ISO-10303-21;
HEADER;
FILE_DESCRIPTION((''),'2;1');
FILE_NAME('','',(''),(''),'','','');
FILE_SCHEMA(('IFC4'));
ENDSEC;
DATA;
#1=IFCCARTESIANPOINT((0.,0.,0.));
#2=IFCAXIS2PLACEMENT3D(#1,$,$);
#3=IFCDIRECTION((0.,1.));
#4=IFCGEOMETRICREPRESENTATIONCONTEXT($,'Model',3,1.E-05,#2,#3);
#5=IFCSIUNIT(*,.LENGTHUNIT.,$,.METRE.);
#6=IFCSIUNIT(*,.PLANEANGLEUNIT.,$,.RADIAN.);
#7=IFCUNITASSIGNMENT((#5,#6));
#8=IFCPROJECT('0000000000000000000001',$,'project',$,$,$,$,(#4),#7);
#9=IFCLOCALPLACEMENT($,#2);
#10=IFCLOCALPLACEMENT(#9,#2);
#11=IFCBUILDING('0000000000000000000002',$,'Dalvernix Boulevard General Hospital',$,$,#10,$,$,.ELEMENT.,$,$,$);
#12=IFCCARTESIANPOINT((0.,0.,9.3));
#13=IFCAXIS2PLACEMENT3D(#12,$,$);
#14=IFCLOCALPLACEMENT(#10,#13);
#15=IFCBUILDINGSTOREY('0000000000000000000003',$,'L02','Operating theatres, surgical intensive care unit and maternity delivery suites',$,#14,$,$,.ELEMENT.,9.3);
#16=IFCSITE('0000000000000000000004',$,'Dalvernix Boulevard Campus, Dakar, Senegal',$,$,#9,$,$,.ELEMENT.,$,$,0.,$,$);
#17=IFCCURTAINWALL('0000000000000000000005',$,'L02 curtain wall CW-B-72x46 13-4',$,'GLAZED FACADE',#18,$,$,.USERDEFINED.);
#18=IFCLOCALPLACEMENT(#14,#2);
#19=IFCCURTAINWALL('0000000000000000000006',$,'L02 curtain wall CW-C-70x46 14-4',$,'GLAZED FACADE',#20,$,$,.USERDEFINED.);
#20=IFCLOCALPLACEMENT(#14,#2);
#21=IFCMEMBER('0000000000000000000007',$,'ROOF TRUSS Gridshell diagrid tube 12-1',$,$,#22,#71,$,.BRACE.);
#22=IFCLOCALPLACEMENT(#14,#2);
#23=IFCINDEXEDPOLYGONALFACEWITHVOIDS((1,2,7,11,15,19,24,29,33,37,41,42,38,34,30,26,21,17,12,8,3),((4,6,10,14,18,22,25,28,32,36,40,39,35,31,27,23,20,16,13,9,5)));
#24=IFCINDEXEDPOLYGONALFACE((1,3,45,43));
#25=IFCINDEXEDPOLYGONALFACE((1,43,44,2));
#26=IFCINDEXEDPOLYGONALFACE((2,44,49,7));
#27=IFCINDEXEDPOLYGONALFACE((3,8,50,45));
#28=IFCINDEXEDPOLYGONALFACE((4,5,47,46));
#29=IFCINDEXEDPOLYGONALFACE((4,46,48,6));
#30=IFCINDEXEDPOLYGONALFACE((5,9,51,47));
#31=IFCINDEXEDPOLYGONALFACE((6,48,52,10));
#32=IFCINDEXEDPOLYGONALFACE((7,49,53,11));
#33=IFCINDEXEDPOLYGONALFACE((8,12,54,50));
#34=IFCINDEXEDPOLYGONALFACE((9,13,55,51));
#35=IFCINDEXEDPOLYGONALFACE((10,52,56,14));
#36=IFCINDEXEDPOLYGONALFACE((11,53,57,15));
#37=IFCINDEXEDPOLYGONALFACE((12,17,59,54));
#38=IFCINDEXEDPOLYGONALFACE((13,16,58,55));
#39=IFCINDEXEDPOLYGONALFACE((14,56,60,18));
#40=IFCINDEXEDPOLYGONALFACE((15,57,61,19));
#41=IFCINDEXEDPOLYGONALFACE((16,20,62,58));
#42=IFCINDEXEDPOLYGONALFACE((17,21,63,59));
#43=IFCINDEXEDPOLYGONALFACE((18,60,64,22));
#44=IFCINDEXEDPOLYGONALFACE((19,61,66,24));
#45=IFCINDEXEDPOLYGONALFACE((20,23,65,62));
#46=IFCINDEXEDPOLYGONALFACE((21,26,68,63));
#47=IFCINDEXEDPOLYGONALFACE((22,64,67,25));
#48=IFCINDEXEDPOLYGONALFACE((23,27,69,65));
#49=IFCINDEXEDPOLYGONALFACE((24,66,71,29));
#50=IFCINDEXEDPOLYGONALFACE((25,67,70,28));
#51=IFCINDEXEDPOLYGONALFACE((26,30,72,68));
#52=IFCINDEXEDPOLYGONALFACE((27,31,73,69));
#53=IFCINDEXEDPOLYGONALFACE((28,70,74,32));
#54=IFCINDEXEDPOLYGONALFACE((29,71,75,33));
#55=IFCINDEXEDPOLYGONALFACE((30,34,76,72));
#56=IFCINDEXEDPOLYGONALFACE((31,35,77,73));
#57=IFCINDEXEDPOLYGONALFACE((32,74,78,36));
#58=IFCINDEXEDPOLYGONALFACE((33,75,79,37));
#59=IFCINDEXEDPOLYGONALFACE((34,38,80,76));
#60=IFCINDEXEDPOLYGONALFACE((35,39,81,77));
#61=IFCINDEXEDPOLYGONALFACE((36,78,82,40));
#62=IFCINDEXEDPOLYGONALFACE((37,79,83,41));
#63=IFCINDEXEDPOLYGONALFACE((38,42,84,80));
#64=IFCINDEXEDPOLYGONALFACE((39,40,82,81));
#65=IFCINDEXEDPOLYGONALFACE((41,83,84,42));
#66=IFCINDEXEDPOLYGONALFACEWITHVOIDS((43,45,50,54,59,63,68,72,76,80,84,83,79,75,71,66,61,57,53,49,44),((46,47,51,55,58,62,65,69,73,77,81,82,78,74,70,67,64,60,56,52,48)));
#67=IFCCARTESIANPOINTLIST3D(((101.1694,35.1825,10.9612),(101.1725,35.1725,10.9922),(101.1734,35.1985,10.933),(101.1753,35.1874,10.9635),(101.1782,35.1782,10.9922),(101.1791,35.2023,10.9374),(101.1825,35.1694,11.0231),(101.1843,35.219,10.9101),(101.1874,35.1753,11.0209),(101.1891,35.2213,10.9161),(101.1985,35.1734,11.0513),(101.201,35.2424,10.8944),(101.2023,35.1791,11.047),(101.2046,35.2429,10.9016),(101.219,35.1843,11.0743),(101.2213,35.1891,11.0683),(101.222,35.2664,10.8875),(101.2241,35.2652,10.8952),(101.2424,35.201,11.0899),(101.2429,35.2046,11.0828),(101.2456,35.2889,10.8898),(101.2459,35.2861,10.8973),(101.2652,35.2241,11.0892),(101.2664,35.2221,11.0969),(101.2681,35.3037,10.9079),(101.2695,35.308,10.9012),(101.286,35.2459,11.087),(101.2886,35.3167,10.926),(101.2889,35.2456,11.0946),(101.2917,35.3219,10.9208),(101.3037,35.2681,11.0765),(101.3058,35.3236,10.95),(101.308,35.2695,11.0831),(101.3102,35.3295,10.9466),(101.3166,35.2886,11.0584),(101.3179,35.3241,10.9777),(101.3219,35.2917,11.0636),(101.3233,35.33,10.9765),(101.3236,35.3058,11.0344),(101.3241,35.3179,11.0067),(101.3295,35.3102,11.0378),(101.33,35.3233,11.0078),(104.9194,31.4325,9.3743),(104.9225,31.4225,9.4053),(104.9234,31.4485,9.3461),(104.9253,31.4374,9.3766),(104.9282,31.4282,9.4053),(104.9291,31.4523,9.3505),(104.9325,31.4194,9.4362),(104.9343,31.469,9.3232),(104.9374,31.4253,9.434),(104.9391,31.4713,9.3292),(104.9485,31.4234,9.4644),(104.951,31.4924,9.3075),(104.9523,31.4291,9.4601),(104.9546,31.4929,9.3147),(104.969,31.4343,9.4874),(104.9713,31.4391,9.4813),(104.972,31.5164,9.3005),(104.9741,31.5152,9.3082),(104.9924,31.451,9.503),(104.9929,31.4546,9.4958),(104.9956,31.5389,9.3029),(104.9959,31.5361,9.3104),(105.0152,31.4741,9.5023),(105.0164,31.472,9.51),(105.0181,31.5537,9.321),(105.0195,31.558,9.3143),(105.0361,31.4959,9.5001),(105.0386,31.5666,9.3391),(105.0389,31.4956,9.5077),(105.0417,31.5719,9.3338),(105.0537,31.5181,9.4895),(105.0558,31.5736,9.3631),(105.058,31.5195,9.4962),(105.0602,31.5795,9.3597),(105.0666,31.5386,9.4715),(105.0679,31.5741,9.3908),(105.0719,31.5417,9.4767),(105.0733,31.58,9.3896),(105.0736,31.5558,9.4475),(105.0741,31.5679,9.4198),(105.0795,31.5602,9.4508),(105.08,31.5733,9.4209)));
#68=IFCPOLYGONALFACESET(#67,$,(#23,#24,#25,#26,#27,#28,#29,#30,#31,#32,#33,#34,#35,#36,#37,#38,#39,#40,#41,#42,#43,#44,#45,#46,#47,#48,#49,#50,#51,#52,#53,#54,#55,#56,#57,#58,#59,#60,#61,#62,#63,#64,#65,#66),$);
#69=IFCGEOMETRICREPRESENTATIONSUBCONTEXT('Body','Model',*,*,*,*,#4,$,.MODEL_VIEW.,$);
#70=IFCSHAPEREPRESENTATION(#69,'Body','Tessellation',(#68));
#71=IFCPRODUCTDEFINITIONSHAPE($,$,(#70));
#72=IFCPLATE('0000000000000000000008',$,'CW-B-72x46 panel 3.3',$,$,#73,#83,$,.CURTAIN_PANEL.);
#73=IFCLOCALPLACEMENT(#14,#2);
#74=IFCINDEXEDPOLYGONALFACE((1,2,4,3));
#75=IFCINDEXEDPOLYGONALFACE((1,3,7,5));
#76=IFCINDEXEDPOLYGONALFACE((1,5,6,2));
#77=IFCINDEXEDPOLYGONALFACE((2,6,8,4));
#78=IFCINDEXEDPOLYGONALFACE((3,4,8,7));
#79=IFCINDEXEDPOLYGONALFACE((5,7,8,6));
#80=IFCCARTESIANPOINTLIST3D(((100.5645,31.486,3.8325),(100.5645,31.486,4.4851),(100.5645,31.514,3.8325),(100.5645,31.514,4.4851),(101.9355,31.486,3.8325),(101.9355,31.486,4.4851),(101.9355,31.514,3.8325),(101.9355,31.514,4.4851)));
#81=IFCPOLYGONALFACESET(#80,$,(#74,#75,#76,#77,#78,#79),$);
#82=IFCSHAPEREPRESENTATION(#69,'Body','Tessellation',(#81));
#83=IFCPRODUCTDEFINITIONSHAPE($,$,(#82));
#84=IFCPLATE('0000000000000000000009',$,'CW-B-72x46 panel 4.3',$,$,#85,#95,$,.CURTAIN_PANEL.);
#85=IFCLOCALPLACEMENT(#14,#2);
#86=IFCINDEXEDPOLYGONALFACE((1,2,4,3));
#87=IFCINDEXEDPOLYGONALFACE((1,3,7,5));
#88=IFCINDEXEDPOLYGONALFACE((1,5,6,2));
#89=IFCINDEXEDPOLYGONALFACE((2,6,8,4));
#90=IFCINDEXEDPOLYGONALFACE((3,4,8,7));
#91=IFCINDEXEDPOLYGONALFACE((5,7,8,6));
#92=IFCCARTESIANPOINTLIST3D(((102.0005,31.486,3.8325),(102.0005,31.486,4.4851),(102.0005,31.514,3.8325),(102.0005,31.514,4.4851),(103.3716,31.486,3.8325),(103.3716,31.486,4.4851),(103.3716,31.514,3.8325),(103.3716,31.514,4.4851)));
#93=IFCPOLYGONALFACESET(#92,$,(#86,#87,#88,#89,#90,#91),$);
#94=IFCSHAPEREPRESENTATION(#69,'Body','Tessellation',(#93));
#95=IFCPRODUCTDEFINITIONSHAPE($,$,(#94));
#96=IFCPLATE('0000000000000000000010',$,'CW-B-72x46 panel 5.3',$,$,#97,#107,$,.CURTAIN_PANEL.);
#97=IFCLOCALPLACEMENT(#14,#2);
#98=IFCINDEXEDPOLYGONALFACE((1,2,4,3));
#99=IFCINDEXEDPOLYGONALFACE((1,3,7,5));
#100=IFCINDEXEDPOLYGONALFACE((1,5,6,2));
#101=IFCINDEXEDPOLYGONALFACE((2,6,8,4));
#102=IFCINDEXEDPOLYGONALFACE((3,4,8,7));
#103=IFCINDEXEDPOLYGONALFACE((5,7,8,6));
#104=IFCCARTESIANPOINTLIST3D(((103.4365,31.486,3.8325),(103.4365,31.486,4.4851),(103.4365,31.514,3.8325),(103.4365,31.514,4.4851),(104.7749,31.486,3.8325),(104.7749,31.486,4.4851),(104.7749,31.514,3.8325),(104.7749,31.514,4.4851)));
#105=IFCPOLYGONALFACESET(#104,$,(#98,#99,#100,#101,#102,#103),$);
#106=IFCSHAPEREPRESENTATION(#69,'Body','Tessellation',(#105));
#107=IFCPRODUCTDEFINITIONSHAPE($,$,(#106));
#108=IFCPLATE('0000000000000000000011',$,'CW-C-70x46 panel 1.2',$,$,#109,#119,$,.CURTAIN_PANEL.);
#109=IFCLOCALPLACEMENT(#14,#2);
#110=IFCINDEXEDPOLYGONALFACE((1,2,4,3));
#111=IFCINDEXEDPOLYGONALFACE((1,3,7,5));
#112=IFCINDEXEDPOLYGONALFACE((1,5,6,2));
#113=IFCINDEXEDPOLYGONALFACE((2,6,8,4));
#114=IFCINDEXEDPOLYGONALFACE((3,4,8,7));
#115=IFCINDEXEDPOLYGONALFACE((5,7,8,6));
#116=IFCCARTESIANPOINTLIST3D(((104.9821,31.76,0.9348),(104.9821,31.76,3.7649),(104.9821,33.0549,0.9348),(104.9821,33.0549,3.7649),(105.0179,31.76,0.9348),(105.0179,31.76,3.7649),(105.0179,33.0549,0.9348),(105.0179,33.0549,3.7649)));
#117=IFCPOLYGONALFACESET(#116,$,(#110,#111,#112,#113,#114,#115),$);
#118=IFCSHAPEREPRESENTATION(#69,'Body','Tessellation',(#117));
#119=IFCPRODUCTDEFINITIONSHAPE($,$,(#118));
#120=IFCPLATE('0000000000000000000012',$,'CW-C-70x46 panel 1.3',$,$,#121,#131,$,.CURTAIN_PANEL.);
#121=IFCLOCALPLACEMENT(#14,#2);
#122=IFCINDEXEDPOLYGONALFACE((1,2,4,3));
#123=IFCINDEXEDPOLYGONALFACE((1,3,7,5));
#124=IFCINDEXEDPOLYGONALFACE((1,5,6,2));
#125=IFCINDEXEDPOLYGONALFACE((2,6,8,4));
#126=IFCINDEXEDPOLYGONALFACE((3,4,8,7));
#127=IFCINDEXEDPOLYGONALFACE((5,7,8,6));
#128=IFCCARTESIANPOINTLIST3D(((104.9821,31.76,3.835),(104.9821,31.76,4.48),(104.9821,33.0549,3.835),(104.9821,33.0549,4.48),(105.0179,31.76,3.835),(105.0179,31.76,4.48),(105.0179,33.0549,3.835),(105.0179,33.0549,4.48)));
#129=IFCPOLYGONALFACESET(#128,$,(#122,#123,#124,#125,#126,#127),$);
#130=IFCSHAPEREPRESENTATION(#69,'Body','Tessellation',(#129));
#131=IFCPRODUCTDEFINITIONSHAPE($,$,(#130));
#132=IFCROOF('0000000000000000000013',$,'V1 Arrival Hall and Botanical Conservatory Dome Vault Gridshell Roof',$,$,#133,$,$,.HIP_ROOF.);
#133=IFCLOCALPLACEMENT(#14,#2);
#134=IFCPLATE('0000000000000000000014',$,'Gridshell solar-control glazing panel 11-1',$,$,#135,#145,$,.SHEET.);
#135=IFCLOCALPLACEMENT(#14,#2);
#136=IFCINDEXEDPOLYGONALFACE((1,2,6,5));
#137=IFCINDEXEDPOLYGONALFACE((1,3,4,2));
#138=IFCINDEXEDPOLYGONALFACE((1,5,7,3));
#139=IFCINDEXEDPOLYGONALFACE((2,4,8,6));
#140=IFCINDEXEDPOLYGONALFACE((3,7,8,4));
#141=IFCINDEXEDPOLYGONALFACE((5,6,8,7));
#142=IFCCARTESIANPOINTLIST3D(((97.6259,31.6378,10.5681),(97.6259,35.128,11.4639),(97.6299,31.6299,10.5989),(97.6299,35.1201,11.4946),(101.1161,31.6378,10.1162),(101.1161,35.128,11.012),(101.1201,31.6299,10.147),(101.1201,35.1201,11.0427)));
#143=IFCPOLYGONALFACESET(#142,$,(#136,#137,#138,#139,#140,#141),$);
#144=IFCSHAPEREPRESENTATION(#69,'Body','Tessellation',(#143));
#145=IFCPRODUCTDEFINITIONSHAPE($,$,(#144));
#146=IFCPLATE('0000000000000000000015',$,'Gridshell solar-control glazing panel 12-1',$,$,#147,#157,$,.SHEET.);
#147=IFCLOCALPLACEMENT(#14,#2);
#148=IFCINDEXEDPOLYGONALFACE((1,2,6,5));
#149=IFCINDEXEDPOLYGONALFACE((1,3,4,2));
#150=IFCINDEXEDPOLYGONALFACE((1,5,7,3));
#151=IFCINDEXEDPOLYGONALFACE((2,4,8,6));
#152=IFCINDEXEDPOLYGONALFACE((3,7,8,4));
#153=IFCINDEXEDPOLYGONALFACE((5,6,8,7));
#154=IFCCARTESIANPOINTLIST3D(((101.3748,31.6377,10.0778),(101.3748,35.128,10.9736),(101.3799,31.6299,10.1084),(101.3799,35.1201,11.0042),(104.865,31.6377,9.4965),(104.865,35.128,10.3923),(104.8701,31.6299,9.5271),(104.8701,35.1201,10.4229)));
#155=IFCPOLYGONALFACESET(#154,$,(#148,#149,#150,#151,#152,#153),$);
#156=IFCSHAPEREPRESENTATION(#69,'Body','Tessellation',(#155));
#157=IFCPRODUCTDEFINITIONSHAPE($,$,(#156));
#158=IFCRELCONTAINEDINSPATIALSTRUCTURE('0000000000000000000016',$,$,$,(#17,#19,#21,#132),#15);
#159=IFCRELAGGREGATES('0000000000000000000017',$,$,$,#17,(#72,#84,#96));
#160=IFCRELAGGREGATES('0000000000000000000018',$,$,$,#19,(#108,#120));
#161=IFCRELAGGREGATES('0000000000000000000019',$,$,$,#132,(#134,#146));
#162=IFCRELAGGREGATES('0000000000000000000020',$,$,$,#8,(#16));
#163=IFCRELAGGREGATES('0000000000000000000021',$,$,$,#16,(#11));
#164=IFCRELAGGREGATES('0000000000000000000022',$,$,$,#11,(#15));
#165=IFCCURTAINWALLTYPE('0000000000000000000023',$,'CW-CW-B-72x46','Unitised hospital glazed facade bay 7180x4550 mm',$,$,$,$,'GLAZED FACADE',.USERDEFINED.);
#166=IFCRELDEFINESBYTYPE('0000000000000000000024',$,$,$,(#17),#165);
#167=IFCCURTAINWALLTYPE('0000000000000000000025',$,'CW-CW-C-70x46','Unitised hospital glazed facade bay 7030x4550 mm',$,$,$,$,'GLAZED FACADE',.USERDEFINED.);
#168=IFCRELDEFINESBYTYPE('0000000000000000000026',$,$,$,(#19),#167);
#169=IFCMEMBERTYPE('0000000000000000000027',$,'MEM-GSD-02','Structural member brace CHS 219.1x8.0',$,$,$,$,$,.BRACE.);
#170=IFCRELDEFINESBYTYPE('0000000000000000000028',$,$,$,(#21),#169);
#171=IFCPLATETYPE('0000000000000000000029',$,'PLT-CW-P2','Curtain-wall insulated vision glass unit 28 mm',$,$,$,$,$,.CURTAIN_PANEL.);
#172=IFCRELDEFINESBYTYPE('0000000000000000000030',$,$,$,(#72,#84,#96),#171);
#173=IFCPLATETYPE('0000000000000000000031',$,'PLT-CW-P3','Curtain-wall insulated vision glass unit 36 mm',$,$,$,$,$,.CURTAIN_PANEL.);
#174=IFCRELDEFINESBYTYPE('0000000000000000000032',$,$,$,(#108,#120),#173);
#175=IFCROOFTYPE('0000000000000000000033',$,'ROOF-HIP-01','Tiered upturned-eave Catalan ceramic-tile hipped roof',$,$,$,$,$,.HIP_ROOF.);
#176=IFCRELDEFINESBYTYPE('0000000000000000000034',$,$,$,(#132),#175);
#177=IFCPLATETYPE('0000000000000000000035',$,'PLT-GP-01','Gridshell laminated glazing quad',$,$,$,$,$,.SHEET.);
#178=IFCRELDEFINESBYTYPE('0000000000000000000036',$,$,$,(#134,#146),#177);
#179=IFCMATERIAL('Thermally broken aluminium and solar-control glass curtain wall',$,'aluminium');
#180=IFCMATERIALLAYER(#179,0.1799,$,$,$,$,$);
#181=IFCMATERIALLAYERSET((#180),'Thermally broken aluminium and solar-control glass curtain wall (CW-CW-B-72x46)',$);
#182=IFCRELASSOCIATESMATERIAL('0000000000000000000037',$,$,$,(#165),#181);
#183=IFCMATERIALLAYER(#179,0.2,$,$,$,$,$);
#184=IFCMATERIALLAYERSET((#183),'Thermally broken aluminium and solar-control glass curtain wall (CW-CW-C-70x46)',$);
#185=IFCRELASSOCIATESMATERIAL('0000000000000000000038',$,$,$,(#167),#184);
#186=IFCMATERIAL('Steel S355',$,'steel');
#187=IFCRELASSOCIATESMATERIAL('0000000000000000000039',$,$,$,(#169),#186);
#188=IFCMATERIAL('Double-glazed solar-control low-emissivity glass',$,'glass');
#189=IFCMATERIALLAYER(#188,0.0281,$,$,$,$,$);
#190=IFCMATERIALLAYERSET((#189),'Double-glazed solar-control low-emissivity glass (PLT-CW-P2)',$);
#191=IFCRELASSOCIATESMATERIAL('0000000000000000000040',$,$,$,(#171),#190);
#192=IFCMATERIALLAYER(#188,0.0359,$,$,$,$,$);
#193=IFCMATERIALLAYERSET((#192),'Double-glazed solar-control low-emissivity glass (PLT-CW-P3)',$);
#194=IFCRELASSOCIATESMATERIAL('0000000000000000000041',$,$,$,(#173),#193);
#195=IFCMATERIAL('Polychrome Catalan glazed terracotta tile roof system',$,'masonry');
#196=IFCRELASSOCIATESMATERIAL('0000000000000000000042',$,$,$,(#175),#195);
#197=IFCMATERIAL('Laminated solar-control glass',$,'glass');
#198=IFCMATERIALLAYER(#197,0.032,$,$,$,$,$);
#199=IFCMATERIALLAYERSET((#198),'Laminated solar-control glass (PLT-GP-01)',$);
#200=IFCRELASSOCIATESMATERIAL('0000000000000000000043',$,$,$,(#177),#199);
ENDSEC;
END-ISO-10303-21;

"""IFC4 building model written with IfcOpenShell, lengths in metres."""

from ifc_helpers import new_model, si_unit, direction, frame, origin, origin_2d, place, context, subcontext, project, spatial, polyline, rectangle, hollow_circle, outline, extrude, material, layer, layer_set, material_profile, profile_set, type_object, element, aggregate, save


model = new_model("IFC4")

# Units and contexts
model_context = context("Model", 3, precision=1e-05, world=origin(), true_north=direction((0.0, 1.0)))
body_context = subcontext(model_context, "Body", "Model", "MODEL_VIEW")
ifc_project = project(units=[si_unit("LENGTHUNIT", "METRE"), si_unit("PLANEANGLEUNIT", "RADIAN")], contexts=[model_context])

# Site, building, storey
site_placement = place(None, origin())
site = spatial("IfcSite", under=ifc_project, at=site_placement, Name="Dalvernix Boulevard Campus, Dakar, Senegal", CompositionType="ELEMENT", RefElevation=0.0)
building_placement = place(site_placement, origin())
building = spatial("IfcBuilding", under=site, at=building_placement, Name="Dalvernix Boulevard General Hospital", CompositionType="ELEMENT")
storey_placement = place(building_placement, frame((0.0, 0.0, 9.3)))
storey = spatial("IfcBuildingStorey", under=building, at=storey_placement, Name="L02", Description="Operating theatres, surgical intensive care unit and maternity delivery suites", CompositionType="ELEMENT", Elevation=9.3)

# Shared definitions
ifc_material_1 = material(Name="Steel S355", Category="steel")

# Curtain walls
ifc_material_2 = material(Name="Thermally broken aluminium and solar-control glass curtain wall", Category="aluminium")
ifc_layer_1 = layer(ifc_material_2, 0.1799)
ifc_layer_set_1 = layer_set([ifc_layer_1], Name="Thermally broken aluminium and solar-control glass curtain wall (CW-CW-B-72x46)")
curtain_wall_type_1 = type_object("IfcCurtainWallType", Name="CW-CW-B-72x46", Description="Unitised hospital glazed facade bay 7180x4550 mm", ElementType="GLAZED FACADE", PredefinedType="USERDEFINED", material=ifc_layer_set_1)
curtain_wall_1_placement = place(storey_placement, origin())
curtain_wall_1 = element("IfcCurtainWall", 1, at=curtain_wall_1_placement, inside=storey, type_object=curtain_wall_type_1, Name="L02 curtain wall CW-B-72x46 13-4", ObjectType="GLAZED FACADE", PredefinedType="USERDEFINED")
ifc_layer_2 = layer(ifc_material_2, 0.2)
ifc_layer_set_2 = layer_set([ifc_layer_2], Name="Thermally broken aluminium and solar-control glass curtain wall (CW-CW-C-70x46)")
curtain_wall_type_2 = type_object("IfcCurtainWallType", Name="CW-CW-C-70x46", Description="Unitised hospital glazed facade bay 7030x4550 mm", ElementType="GLAZED FACADE", PredefinedType="USERDEFINED", material=ifc_layer_set_2)
curtain_wall_2_placement = place(storey_placement, origin())
curtain_wall_2 = element("IfcCurtainWall", 2, at=curtain_wall_2_placement, inside=storey, type_object=curtain_wall_type_2, Name="L02 curtain wall CW-C-70x46 14-4", ObjectType="GLAZED FACADE", PredefinedType="USERDEFINED")

# Member
ifc_material_profile_1 = material_profile(ifc_material_1, hollow_circle(Radius=0.1096, WallThickness=0.0081, at=origin_2d()), Name="CHS 219.1x8.0")
ifc_profile_set_1 = profile_set([ifc_material_profile_1], Name="Steel S355")
member_type_1 = type_object("IfcMemberType", Name="MEM-GSD-02", Description="Structural member brace CHS 219.1x8.0", PredefinedType="BRACE", material=ifc_profile_set_1)
member_1_placement = place(storey_placement, frame((105.0, 31.5, 9.4053), z_axis=(-0.677429, 0.677429, 0.286672), x_axis=(-0.707107, -0.707107, 0.0)))
element("IfcMember", 3, at=member_1_placement, inside=storey, type_object=member_type_1, Name="ROOF TRUSS Gridshell diagrid tube 12-1", PredefinedType="BRACE", context=body_context, shape_type="SweptSolid", body=[
    extrude(hollow_circle(Radius=0.1096, WallThickness=0.0081, at=origin_2d()), origin(), (0.0, 0.0, 1.0), 5.5356),
])

# Plates
ifc_material_3 = material(Name="Double-glazed solar-control low-emissivity glass", Category="glass")
ifc_layer_3 = layer(ifc_material_3, 0.0281)
ifc_layer_set_3 = layer_set([ifc_layer_3], Name="Double-glazed solar-control low-emissivity glass (PLT-CW-P2)")
plate_type_1 = type_object("IfcPlateType", Name="PLT-CW-P2", Description="Curtain-wall insulated vision glass unit 28 mm", PredefinedType="CURTAIN_PANEL", material=ifc_layer_set_3)
plate_1_placement = place(storey_placement, frame((101.25, 31.5, 3.8325), z_axis=(0.0, 0.0, 1.0), x_axis=(1.0, 0.0, 0.0)))
plate_1 = element("IfcPlate", 4, at=plate_1_placement, type_object=plate_type_1, Name="CW-B-72x46 panel 3.3", PredefinedType="CURTAIN_PANEL", context=body_context, shape_type="SweptSolid", body=[
    extrude(rectangle(XDim=1.3711, YDim=0.0281, at=origin_2d()), origin(), (0.0, 0.0, 1.0), 0.6526),
])
plate_2_placement = place(storey_placement, frame((102.686, 31.5, 3.8325), z_axis=(0.0, 0.0, 1.0), x_axis=(1.0, 0.0, 0.0)))
plate_2 = element("IfcPlate", 5, at=plate_2_placement, type_object=plate_type_1, Name="CW-B-72x46 panel 4.3", PredefinedType="CURTAIN_PANEL", context=body_context, shape_type="SweptSolid", body=[
    extrude(rectangle(XDim=1.3711, YDim=0.0281, at=origin_2d()), origin(), (0.0, 0.0, 1.0), 0.6526),
])
plate_3_placement = place(storey_placement, frame((104.1057, 31.5, 3.8325), z_axis=(0.0, 0.0, 1.0), x_axis=(1.0, 0.0, 0.0)))
plate_3 = element("IfcPlate", 6, at=plate_3_placement, type_object=plate_type_1, Name="CW-B-72x46 panel 5.3", PredefinedType="CURTAIN_PANEL", context=body_context, shape_type="SweptSolid", body=[
    extrude(rectangle(XDim=1.3384, YDim=0.0281, at=origin_2d()), origin(), (0.0, 0.0, 1.0), 0.6526),
])
aggregate(curtain_wall_1, [plate_1, plate_2, plate_3])
ifc_layer_4 = layer(ifc_material_3, 0.0359)
ifc_layer_set_4 = layer_set([ifc_layer_4], Name="Double-glazed solar-control low-emissivity glass (PLT-CW-P3)")
plate_type_2 = type_object("IfcPlateType", Name="PLT-CW-P3", Description="Curtain-wall insulated vision glass unit 36 mm", PredefinedType="CURTAIN_PANEL", material=ifc_layer_set_4)
plate_4_placement = place(storey_placement, frame((105.0, 32.4075, 0.9348), z_axis=(0.0, 0.0, 1.0), x_axis=(0.0, 1.0, 0.0)))
plate_4 = element("IfcPlate", 7, at=plate_4_placement, type_object=plate_type_2, Name="CW-C-70x46 panel 1.2", PredefinedType="CURTAIN_PANEL", context=body_context, shape_type="SweptSolid", body=[
    extrude(rectangle(XDim=1.2949, YDim=0.0359, at=origin_2d()), origin(), (0.0, 0.0, 1.0), 2.8301),
])
plate_5_placement = place(storey_placement, frame((105.0, 32.4075, 3.835), z_axis=(0.0, 0.0, 1.0), x_axis=(0.0, 1.0, 0.0)))
plate_5 = element("IfcPlate", 8, at=plate_5_placement, type_object=plate_type_2, Name="CW-C-70x46 panel 1.3", PredefinedType="CURTAIN_PANEL", context=body_context, shape_type="SweptSolid", body=[
    extrude(rectangle(XDim=1.2949, YDim=0.0359, at=origin_2d()), origin(), (0.0, 0.0, 1.0), 0.645),
])
aggregate(curtain_wall_2, [plate_4, plate_5])

# Roof, plates
ifc_material_4 = material(Name="Polychrome Catalan glazed terracotta tile roof system", Category="masonry")
roof_type = type_object("IfcRoofType", Name="ROOF-HIP-01", Description="Tiered upturned-eave Catalan ceramic-tile hipped roof", PredefinedType="HIP_ROOF", material=ifc_material_4)
roof_placement = place(storey_placement, origin())
roof = element("IfcRoof", 9, at=roof_placement, inside=storey, type_object=roof_type, Name="V1 Arrival Hall and Botanical Conservatory Dome Vault Gridshell Roof", PredefinedType="HIP_ROOF")
ifc_material_5 = material(Name="Laminated solar-control glass", Category="glass")
ifc_layer_5 = layer(ifc_material_5, 0.032)
ifc_layer_set_5 = layer_set([ifc_layer_5], Name="Laminated solar-control glass (PLT-GP-01)")
plate_type_3 = type_object("IfcPlateType", Name="PLT-GP-01", Description="Gridshell laminated glazing quad", PredefinedType="SHEET", material=ifc_layer_set_5)
plate_6_placement = place(storey_placement, frame((97.6299, 31.6299, 10.5989), z_axis=(0.124438, -0.246657, 0.961081), x_axis=(0.991722, 0.0, -0.128405)))
plate_6 = element("IfcPlate", 10, at=plate_6_placement, type_object=plate_type_3, Name="Gridshell solar-control glazing panel 11-1", PredefinedType="SHEET", context=body_context, shape_type="SweptSolid", body=[
    extrude(outline(polyline([(0.0, 0.0), (3.5194, 0.0), (3.4043, 3.6015), (-0.115, 3.6015), (0.0, 0.0)])), origin(), (0.0, 0.0, -1.0), 0.032),
])
plate_7_placement = place(storey_placement, frame((101.3799, 31.6299, 10.1084), z_axis=(0.159263, -0.245416, 0.956246), x_axis=(0.986413, 0.0, -0.164287)))
plate_7 = element("IfcPlate", 11, at=plate_7_placement, type_object=plate_type_3, Name="Gridshell solar-control glazing panel 12-1", PredefinedType="SHEET", context=body_context, shape_type="SweptSolid", body=[
    extrude(outline(polyline([(0.0, 0.0), (3.5383, 0.0), (3.3912, 3.6003), (-0.1472, 3.6003), (0.0, 0.0)])), origin(), (0.0, 0.0, -1.0), 0.032),
])
aggregate(roof, [plate_6, plate_7])

save(model, "model.ifc")
